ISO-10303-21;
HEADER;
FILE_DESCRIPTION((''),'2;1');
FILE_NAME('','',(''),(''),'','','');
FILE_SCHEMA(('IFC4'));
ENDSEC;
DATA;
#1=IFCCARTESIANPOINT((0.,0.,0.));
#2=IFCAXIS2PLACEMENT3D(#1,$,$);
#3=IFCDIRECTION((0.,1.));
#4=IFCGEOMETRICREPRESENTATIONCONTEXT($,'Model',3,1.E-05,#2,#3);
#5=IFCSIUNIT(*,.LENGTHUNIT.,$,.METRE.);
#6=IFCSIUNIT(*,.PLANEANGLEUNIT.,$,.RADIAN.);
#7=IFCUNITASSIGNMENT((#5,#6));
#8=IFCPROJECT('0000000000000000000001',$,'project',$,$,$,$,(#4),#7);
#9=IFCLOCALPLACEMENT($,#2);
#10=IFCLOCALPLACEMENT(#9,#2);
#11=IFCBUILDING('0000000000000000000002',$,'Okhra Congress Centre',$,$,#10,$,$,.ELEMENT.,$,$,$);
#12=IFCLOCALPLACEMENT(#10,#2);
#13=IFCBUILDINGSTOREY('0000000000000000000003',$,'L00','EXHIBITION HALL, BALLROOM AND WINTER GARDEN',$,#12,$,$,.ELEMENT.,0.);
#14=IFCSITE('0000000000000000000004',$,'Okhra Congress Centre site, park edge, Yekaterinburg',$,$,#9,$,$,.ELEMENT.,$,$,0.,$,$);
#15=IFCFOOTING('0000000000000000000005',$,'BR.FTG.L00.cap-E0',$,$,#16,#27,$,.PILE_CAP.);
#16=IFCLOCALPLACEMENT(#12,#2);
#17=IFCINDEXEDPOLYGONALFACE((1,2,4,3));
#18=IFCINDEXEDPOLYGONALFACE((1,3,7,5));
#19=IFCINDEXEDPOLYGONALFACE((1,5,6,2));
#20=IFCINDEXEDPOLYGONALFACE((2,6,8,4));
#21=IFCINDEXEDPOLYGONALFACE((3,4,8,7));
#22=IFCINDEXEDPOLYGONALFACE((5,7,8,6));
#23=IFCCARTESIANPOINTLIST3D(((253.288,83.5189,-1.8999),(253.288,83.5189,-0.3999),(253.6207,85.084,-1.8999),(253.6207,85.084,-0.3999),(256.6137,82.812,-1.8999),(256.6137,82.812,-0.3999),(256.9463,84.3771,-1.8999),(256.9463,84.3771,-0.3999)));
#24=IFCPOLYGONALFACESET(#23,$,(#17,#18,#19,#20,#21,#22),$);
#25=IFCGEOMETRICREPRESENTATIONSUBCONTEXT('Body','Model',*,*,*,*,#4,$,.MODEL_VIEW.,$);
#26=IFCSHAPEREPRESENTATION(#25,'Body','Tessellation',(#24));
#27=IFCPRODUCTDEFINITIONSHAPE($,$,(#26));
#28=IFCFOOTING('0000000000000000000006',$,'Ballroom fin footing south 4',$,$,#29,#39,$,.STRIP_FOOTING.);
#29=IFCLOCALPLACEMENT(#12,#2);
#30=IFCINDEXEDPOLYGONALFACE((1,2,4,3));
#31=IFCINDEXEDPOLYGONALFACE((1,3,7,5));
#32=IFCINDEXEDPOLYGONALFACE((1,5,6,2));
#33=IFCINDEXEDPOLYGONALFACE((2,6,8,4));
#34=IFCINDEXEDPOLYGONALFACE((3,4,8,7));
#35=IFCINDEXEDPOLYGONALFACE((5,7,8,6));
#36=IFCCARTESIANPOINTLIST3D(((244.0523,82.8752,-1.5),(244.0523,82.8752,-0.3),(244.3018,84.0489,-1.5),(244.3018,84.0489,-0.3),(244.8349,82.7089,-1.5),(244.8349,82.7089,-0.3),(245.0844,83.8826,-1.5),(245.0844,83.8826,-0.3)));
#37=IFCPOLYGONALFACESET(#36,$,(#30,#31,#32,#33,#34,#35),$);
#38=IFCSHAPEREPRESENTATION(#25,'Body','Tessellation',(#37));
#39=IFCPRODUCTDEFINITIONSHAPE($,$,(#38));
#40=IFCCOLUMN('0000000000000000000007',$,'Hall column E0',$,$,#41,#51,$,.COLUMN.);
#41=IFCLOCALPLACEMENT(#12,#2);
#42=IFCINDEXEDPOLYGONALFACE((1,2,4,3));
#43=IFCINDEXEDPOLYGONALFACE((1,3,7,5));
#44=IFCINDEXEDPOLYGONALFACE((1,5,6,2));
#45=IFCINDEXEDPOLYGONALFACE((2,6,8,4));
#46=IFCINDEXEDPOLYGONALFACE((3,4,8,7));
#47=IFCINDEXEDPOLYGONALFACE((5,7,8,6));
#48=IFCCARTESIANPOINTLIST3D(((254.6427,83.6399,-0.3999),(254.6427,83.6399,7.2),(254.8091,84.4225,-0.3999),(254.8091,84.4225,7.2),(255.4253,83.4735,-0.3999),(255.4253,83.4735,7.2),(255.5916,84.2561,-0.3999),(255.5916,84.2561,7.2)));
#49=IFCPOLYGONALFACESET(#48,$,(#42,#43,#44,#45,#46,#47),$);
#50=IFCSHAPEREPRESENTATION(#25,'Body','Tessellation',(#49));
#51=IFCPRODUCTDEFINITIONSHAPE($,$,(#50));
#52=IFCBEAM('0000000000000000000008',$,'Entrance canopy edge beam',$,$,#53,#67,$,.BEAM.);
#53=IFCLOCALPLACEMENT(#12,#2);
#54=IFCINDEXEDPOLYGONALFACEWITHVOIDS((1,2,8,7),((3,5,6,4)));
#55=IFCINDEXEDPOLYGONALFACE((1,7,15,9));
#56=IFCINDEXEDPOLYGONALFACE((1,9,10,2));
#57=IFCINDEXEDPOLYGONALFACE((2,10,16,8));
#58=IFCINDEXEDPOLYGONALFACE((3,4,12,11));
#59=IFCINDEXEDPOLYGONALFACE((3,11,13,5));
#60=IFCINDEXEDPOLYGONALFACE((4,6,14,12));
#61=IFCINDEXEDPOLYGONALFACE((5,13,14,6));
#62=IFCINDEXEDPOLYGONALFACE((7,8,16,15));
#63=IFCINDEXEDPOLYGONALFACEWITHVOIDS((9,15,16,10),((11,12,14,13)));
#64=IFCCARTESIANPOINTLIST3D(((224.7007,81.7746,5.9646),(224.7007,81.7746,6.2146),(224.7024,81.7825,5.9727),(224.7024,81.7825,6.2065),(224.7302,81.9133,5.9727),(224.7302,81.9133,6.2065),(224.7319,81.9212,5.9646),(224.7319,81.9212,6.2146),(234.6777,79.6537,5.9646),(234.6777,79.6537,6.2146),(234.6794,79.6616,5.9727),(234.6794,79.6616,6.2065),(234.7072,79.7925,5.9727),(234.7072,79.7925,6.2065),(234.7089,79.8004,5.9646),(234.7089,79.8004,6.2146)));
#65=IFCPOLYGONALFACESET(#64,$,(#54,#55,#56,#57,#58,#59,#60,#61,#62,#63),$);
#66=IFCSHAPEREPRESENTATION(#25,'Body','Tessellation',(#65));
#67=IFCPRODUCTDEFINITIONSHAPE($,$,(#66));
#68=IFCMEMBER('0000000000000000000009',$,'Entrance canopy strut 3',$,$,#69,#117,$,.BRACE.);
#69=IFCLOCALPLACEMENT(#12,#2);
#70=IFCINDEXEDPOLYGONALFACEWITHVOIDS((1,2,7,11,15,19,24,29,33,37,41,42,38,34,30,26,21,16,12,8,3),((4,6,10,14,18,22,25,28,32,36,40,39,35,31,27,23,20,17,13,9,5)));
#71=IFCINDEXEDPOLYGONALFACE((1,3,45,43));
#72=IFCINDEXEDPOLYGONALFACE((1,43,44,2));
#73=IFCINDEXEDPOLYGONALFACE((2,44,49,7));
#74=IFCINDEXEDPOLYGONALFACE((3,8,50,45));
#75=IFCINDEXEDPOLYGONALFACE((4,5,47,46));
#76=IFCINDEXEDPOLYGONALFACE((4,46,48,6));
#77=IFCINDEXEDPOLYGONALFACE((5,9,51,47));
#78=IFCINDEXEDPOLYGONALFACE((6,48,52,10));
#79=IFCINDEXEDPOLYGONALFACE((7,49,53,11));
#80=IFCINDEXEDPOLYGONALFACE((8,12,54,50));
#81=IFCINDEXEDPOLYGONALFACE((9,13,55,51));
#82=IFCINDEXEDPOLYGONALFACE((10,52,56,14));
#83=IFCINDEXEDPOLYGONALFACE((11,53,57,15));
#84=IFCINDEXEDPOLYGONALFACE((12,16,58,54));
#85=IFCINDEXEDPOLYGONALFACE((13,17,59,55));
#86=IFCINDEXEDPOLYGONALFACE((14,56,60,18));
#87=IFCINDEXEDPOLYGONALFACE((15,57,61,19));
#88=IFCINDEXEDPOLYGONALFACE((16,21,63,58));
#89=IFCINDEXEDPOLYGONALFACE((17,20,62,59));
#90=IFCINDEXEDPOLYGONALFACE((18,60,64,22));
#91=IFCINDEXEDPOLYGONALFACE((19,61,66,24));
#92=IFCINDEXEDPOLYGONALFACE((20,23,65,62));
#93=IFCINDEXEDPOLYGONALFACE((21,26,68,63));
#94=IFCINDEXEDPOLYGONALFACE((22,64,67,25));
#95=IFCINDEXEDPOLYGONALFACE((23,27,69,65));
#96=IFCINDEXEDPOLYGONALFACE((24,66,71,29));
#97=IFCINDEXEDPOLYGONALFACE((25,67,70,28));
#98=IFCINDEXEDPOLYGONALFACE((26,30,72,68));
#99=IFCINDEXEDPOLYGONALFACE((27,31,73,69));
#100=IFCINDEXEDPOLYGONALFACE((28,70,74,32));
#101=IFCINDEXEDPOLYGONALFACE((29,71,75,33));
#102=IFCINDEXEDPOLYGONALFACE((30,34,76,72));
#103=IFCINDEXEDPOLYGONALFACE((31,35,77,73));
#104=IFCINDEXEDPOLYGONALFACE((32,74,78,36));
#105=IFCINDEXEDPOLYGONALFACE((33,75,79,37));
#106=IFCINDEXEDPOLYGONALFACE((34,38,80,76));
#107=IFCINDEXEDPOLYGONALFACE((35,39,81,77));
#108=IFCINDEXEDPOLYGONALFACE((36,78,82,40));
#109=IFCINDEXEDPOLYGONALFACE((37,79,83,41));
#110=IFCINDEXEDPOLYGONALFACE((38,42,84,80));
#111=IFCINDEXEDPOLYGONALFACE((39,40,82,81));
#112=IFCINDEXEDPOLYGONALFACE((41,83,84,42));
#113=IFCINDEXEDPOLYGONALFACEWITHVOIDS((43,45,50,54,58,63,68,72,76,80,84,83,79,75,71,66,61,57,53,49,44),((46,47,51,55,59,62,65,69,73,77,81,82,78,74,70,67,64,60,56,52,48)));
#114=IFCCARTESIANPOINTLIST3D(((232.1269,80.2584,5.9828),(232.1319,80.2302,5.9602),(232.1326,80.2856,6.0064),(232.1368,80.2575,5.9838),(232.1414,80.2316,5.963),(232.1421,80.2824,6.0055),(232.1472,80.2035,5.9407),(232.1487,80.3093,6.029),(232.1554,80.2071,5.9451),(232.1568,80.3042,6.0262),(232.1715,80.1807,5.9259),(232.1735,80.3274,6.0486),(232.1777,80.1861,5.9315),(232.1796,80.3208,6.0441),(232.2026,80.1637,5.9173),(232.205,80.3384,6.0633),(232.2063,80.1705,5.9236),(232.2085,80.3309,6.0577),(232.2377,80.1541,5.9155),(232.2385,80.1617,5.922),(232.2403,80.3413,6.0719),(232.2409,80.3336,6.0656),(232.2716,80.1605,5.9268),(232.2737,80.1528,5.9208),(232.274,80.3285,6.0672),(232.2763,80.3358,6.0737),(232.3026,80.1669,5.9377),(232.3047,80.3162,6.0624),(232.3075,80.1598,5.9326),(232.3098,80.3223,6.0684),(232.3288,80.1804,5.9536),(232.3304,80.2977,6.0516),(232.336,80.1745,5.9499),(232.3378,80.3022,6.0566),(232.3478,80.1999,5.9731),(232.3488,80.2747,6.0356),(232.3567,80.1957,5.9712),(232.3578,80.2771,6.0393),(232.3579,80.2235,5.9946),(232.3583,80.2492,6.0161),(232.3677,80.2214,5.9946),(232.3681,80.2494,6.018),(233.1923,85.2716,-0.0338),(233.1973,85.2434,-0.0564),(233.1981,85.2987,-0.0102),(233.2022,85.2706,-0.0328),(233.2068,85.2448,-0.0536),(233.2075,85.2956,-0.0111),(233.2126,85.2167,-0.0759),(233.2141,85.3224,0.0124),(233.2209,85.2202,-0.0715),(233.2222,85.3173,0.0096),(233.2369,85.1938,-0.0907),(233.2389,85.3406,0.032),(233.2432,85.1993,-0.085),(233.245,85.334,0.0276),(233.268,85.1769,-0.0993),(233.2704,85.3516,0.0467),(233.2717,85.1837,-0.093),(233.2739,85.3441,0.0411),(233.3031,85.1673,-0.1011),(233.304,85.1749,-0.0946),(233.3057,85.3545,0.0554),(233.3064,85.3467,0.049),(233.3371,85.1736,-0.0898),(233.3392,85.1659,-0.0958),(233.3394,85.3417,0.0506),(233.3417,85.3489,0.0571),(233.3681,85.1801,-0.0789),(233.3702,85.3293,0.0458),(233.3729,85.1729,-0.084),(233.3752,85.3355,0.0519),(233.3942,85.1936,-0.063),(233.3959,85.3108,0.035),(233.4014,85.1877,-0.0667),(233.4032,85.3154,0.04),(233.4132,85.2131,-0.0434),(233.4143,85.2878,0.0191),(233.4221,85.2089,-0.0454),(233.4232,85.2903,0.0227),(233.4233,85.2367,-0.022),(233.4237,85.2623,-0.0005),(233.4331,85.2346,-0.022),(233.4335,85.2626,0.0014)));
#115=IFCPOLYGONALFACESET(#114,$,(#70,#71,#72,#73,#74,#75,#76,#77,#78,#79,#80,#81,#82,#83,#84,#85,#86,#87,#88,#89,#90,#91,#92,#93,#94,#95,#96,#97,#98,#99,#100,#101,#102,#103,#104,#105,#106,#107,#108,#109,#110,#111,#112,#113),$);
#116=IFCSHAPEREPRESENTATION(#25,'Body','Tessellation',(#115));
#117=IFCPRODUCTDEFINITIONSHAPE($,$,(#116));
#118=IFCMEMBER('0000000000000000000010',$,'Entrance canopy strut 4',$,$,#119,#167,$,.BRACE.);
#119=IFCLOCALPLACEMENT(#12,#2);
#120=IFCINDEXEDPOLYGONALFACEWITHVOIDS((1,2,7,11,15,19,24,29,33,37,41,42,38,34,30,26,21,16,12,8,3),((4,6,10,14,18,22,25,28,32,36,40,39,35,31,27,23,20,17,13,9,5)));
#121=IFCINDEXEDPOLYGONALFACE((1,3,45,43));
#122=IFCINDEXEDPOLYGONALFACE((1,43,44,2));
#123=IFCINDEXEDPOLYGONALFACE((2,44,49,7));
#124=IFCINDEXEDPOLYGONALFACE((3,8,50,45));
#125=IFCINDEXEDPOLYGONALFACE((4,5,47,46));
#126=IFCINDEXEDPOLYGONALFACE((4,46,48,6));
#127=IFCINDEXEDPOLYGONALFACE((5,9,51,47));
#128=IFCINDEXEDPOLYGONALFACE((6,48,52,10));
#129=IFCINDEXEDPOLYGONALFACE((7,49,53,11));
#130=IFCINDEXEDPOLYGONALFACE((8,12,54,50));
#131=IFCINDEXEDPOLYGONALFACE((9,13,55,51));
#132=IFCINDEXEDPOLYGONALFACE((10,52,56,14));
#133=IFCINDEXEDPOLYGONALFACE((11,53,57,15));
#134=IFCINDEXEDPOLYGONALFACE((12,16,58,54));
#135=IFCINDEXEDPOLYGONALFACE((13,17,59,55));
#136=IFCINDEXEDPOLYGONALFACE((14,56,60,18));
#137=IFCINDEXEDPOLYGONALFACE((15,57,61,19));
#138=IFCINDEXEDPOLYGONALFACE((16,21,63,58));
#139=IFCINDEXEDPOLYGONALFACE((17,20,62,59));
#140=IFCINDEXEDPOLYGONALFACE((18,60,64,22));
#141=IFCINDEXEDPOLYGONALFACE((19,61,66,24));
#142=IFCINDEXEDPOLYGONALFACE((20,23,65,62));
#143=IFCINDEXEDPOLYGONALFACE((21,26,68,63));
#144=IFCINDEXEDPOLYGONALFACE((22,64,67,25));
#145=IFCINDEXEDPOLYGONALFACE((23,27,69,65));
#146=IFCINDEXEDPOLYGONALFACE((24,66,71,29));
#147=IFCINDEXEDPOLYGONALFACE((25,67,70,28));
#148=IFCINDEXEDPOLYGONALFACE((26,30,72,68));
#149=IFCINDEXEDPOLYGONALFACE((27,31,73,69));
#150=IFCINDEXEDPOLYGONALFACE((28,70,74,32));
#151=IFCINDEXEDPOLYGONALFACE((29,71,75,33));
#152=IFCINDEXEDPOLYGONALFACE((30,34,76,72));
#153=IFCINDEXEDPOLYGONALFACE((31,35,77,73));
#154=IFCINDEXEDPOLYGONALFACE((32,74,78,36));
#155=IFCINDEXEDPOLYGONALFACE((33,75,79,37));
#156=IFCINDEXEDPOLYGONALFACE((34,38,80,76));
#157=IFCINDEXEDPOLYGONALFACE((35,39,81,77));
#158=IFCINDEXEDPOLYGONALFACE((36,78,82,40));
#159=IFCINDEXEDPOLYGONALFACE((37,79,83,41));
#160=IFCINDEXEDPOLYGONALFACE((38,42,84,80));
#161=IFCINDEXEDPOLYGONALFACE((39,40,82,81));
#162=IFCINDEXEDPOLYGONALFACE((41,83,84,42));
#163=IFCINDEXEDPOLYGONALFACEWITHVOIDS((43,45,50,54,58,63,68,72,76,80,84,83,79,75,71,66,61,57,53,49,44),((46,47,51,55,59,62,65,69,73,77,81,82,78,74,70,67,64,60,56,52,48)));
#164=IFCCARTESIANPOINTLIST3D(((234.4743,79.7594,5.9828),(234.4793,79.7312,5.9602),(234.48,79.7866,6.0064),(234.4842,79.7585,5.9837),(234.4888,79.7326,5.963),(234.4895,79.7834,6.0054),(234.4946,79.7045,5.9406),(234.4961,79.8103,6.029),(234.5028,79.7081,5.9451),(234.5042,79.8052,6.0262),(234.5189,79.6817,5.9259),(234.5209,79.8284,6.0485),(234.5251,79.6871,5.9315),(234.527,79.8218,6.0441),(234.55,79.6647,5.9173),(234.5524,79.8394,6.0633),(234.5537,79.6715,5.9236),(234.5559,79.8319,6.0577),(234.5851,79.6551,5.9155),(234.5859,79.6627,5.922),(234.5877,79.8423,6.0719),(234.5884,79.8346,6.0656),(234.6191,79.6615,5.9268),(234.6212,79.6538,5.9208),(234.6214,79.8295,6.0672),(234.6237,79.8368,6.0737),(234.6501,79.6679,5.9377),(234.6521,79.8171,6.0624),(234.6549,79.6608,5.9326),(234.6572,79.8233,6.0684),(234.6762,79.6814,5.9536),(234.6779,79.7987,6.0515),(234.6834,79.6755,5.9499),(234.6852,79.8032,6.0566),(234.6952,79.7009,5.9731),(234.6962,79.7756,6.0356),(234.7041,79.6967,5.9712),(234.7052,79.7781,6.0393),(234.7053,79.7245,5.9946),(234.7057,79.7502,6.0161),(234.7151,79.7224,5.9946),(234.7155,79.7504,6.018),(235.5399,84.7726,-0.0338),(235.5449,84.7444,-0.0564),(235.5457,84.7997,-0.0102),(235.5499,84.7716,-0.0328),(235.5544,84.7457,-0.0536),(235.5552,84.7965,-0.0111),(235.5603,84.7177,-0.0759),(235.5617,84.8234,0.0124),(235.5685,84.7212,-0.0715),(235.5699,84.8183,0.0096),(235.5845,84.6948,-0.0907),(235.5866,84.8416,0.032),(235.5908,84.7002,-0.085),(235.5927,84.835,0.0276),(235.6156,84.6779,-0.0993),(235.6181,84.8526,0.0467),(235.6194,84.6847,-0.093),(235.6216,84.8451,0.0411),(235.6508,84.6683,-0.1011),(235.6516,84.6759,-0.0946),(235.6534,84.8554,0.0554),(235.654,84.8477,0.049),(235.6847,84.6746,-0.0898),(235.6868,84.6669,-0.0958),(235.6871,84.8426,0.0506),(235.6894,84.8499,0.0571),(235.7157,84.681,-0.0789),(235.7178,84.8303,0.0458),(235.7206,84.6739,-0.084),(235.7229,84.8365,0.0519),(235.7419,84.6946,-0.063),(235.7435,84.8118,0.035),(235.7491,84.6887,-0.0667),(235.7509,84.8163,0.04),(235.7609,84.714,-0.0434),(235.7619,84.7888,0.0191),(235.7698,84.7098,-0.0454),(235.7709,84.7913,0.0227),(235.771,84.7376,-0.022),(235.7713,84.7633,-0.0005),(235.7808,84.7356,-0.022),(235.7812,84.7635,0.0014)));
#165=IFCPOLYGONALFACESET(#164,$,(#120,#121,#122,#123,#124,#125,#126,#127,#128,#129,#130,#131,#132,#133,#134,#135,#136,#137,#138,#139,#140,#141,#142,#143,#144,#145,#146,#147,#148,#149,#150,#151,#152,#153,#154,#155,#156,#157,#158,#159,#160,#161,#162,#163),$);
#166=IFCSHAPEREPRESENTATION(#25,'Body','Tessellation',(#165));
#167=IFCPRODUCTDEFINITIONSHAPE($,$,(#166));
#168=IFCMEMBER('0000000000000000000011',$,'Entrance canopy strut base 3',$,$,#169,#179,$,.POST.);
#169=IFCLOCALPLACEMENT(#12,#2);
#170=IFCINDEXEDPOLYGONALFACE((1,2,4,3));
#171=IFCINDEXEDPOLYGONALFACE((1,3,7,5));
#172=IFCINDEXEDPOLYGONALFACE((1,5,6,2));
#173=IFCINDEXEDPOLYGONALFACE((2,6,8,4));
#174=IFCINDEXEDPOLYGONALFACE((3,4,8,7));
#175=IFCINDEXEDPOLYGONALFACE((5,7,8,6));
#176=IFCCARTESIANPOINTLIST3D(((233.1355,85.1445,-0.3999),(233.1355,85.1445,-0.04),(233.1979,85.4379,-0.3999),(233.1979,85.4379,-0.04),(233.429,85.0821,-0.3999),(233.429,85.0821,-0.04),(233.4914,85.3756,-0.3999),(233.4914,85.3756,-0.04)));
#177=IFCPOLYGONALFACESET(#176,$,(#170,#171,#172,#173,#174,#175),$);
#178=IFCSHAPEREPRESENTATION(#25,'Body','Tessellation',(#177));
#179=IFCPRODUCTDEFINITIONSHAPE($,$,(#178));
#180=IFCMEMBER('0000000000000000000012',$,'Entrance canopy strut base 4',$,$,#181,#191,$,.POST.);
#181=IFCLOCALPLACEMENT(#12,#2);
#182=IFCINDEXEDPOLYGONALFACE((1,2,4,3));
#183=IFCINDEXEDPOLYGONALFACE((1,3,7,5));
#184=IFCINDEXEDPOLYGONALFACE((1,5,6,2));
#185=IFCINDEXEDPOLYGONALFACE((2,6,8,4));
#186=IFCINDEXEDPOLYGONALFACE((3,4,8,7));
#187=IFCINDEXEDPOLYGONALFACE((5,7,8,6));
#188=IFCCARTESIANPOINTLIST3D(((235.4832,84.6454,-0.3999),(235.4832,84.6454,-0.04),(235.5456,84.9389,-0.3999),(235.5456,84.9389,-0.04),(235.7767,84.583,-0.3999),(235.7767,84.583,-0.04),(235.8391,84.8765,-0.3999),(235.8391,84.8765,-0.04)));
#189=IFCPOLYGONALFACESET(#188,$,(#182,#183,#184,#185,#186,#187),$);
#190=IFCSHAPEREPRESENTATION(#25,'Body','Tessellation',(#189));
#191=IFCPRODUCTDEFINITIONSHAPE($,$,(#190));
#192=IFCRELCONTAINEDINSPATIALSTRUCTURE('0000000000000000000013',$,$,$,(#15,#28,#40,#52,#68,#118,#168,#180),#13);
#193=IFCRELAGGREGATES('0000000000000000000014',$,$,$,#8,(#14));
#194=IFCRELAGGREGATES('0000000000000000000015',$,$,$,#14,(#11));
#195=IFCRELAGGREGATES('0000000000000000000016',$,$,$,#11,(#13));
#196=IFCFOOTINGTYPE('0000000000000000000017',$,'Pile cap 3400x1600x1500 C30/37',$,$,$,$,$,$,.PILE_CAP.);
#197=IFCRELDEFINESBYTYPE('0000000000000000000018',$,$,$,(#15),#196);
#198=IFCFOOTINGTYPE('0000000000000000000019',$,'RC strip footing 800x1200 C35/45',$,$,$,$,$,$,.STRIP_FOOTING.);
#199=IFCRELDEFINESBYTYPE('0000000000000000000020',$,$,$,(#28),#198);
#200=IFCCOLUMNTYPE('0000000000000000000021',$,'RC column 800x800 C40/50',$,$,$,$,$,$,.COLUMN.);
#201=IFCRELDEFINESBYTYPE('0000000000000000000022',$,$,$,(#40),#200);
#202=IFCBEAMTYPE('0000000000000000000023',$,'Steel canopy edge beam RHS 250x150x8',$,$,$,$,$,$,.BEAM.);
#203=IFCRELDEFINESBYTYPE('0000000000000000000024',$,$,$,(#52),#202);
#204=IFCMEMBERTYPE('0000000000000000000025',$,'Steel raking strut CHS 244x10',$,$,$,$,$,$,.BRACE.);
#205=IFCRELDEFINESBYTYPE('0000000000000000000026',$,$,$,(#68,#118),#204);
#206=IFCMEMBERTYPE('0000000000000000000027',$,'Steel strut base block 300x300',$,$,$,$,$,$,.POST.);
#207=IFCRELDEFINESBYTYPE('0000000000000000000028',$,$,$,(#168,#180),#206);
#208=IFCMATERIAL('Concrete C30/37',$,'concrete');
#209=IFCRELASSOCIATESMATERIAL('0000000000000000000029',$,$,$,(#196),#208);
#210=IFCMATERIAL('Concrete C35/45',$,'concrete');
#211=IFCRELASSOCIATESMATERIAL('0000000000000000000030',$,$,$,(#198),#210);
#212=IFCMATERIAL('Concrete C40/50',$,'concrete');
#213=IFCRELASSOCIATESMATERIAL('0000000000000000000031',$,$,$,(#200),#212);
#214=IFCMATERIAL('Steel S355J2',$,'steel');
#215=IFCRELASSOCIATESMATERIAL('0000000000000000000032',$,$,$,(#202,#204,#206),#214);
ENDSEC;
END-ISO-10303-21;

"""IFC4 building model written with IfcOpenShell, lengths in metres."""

from ifc_helpers import new_model, si_unit, direction, frame, origin, origin_2d, place, context, subcontext, project, spatial, rectangle, hollow_rectangle, hollow_circle, extrude, material, material_profile, profile_set, type_object, element, save


model = new_model("IFC4")

# Units and contexts
model_context = context("Model", 3, precision=1e-05, world=origin(), true_north=direction((0.0, 1.0)))
body_context = subcontext(model_context, "Body", "Model", "MODEL_VIEW")
ifc_project = project(units=[si_unit("LENGTHUNIT", "METRE"), si_unit("PLANEANGLEUNIT", "RADIAN")], contexts=[model_context])

# Site, building, storey
site_placement = place(None, origin())
site = spatial("IfcSite", under=ifc_project, at=site_placement, Name="Okhra Congress Centre site, park edge, Yekaterinburg", CompositionType="ELEMENT", RefElevation=0.0)
building_placement = place(site_placement, origin())
building = spatial("IfcBuilding", under=site, at=building_placement, Name="Okhra Congress Centre", CompositionType="ELEMENT")
storey_placement = place(building_placement, origin())
storey = spatial("IfcBuildingStorey", under=building, at=storey_placement, Name="L00", Description="EXHIBITION HALL, BALLROOM AND WINTER GARDEN", CompositionType="ELEMENT", Elevation=0.0)

# Shared definitions
ifc_material_1 = material(Name="Concrete C30/37", Category="concrete")

# Footings
footing_type_1 = type_object("IfcFootingType", Name="Pile cap 3400x1600x1500 C30/37", PredefinedType="PILE_CAP", material=ifc_material_1)
footing_1_placement = place(storey_placement, frame((255.1172, 83.948, -1.8999), z_axis=(0.0, 0.0, 1.0), x_axis=(0.978148, -0.207912, 0.0)))
element("IfcFooting", 1, at=footing_1_placement, inside=storey, type_object=footing_type_1, Name="BR.FTG.L00.cap-E0", PredefinedType="PILE_CAP", context=body_context, shape_type="SweptSolid", body=[
    extrude(rectangle(XDim=3.3999, YDim=1.6001, at=origin_2d()), origin(), (0.0, 0.0, 1.0), 1.5),
])
ifc_material_2 = material(Name="Concrete C35/45", Category="concrete")
footing_type_2 = type_object("IfcFootingType", Name="RC strip footing 800x1200 C35/45", PredefinedType="STRIP_FOOTING", material=ifc_material_2)
footing_2_placement = place(storey_placement, frame((244.5684, 83.3789, -1.5), z_axis=(0.0, 0.0, 1.0), x_axis=(0.978148, -0.207912, 0.0)))
element("IfcFooting", 2, at=footing_2_placement, inside=storey, type_object=footing_type_2, Name="Ballroom fin footing south 4", PredefinedType="STRIP_FOOTING", context=body_context, shape_type="SweptSolid", body=[
    extrude(rectangle(XDim=0.8, YDim=1.2, at=origin_2d()), origin(), (0.0, 0.0, 1.0), 1.2),
])

# Column
ifc_material_3 = material(Name="Concrete C40/50", Category="concrete")
ifc_material_profile_1 = material_profile(ifc_material_3, rectangle(XDim=0.8, YDim=0.8, at=origin_2d()), Name="RC 800x800")
ifc_profile_set_1 = profile_set([ifc_material_profile_1], Name="Concrete C40/50")
column_type = type_object("IfcColumnType", Name="RC column 800x800 C40/50", PredefinedType="COLUMN", material=ifc_profile_set_1)
column_placement = place(storey_placement, frame((255.1172, 83.948, -0.3999), z_axis=(0.0, 0.0, 1.0), x_axis=(0.978148, -0.207912, 0.0)))
element("IfcColumn", 3, at=column_placement, inside=storey, type_object=column_type, Name="Hall column E0", PredefinedType="COLUMN", context=body_context, shape_type="SweptSolid", body=[
    extrude(rectangle(XDim=0.8, YDim=0.8, at=origin_2d()), origin(), (0.0, 0.0, 1.0), 7.5999),
])

# Beam
ifc_material_4 = material(Name="Steel S355J2", Category="steel")
ifc_material_profile_2 = material_profile(ifc_material_4, hollow_rectangle(XDim=0.1499, YDim=0.25, WallThickness=0.0081, at=origin_2d()), Name="RHS 250x150x8")
ifc_profile_set_2 = profile_set([ifc_material_profile_2], Name="Steel S355J2")
beam_type = type_object("IfcBeamType", Name="Steel canopy edge beam RHS 250x150x8", PredefinedType="BEAM", material=ifc_profile_set_2)
beam_placement = place(storey_placement, frame((224.7163, 81.8479, 6.0896), z_axis=(0.978144, -0.207927, 0.0), x_axis=(0.207927, 0.978144, 0.0)))
element("IfcBeam", 4, at=beam_placement, inside=storey, type_object=beam_type, Name="Entrance canopy edge beam", PredefinedType="BEAM", context=body_context, shape_type="SweptSolid", body=[
    extrude(hollow_rectangle(XDim=0.1499, YDim=0.25, WallThickness=0.0081, at=origin_2d()), origin(), (0.0, 0.0, 1.0), 10.2),
])

# Members
ifc_material_profile_3 = material_profile(ifc_material_4, hollow_circle(Radius=0.1223, WallThickness=0.01, at=origin_2d()), Name="CHS 244.5x10")
ifc_profile_set_3 = profile_set([ifc_material_profile_3], Name="Steel S355J2")
member_type_1 = type_object("IfcMemberType", Name="Steel raking strut CHS 244x10", PredefinedType="BRACE", material=ifc_profile_set_3)
for number, where, z_axis, x_axis, name in (
    (5, (233.3135, 85.26, -0.022), (-0.134803, -0.634292, 0.76125), (0.978154, -0.207883, 0.0), "Entrance canopy strut 3"),
    (6, (235.6611, 84.761, -0.022), (-0.134834, -0.63429, 0.761247), (0.978144, -0.207928, 0.0), "Entrance canopy strut 4"),
):
    element("IfcMember", number, at=place(storey_placement, frame(where, z_axis=z_axis, x_axis=x_axis)), inside=storey, type_object=member_type_1, Name=name, PredefinedType="BRACE", context=body_context, shape_type="SweptSolid", body=[
        extrude(hollow_circle(Radius=0.1223, WallThickness=0.01, at=origin_2d()), origin(), (0.0, 0.0, 1.0), 7.9036),
    ])
ifc_material_profile_4 = material_profile(ifc_material_4, rectangle(XDim=0.3, YDim=0.3, at=origin_2d()), Name="PL 300x300")
ifc_profile_set_4 = profile_set([ifc_material_profile_4], Name="Steel S355J2")
member_type_2 = type_object("IfcMemberType", Name="Steel strut base block 300x300", PredefinedType="POST", material=ifc_profile_set_4)
for number, where, z_axis, x_axis, name in (
    (7, (233.3135, 85.26, -0.3999), (0.0, 0.0, 1.0), (0.978148, -0.207912, 0.0), "Entrance canopy strut base 3"),
    (8, (235.6611, 84.761, -0.3999), (0.0, 0.0, 1.0), (0.978148, -0.207912, 0.0), "Entrance canopy strut base 4"),
):
    element("IfcMember", number, at=place(storey_placement, frame(where, z_axis=z_axis, x_axis=x_axis)), inside=storey, type_object=member_type_2, Name=name, PredefinedType="POST", context=body_context, shape_type="SweptSolid", body=[
        extrude(rectangle(XDim=0.3, YDim=0.3, at=origin_2d()), origin(), (0.0, 0.0, 1.0), 0.3599),
    ])

save(model, "model.ifc")
